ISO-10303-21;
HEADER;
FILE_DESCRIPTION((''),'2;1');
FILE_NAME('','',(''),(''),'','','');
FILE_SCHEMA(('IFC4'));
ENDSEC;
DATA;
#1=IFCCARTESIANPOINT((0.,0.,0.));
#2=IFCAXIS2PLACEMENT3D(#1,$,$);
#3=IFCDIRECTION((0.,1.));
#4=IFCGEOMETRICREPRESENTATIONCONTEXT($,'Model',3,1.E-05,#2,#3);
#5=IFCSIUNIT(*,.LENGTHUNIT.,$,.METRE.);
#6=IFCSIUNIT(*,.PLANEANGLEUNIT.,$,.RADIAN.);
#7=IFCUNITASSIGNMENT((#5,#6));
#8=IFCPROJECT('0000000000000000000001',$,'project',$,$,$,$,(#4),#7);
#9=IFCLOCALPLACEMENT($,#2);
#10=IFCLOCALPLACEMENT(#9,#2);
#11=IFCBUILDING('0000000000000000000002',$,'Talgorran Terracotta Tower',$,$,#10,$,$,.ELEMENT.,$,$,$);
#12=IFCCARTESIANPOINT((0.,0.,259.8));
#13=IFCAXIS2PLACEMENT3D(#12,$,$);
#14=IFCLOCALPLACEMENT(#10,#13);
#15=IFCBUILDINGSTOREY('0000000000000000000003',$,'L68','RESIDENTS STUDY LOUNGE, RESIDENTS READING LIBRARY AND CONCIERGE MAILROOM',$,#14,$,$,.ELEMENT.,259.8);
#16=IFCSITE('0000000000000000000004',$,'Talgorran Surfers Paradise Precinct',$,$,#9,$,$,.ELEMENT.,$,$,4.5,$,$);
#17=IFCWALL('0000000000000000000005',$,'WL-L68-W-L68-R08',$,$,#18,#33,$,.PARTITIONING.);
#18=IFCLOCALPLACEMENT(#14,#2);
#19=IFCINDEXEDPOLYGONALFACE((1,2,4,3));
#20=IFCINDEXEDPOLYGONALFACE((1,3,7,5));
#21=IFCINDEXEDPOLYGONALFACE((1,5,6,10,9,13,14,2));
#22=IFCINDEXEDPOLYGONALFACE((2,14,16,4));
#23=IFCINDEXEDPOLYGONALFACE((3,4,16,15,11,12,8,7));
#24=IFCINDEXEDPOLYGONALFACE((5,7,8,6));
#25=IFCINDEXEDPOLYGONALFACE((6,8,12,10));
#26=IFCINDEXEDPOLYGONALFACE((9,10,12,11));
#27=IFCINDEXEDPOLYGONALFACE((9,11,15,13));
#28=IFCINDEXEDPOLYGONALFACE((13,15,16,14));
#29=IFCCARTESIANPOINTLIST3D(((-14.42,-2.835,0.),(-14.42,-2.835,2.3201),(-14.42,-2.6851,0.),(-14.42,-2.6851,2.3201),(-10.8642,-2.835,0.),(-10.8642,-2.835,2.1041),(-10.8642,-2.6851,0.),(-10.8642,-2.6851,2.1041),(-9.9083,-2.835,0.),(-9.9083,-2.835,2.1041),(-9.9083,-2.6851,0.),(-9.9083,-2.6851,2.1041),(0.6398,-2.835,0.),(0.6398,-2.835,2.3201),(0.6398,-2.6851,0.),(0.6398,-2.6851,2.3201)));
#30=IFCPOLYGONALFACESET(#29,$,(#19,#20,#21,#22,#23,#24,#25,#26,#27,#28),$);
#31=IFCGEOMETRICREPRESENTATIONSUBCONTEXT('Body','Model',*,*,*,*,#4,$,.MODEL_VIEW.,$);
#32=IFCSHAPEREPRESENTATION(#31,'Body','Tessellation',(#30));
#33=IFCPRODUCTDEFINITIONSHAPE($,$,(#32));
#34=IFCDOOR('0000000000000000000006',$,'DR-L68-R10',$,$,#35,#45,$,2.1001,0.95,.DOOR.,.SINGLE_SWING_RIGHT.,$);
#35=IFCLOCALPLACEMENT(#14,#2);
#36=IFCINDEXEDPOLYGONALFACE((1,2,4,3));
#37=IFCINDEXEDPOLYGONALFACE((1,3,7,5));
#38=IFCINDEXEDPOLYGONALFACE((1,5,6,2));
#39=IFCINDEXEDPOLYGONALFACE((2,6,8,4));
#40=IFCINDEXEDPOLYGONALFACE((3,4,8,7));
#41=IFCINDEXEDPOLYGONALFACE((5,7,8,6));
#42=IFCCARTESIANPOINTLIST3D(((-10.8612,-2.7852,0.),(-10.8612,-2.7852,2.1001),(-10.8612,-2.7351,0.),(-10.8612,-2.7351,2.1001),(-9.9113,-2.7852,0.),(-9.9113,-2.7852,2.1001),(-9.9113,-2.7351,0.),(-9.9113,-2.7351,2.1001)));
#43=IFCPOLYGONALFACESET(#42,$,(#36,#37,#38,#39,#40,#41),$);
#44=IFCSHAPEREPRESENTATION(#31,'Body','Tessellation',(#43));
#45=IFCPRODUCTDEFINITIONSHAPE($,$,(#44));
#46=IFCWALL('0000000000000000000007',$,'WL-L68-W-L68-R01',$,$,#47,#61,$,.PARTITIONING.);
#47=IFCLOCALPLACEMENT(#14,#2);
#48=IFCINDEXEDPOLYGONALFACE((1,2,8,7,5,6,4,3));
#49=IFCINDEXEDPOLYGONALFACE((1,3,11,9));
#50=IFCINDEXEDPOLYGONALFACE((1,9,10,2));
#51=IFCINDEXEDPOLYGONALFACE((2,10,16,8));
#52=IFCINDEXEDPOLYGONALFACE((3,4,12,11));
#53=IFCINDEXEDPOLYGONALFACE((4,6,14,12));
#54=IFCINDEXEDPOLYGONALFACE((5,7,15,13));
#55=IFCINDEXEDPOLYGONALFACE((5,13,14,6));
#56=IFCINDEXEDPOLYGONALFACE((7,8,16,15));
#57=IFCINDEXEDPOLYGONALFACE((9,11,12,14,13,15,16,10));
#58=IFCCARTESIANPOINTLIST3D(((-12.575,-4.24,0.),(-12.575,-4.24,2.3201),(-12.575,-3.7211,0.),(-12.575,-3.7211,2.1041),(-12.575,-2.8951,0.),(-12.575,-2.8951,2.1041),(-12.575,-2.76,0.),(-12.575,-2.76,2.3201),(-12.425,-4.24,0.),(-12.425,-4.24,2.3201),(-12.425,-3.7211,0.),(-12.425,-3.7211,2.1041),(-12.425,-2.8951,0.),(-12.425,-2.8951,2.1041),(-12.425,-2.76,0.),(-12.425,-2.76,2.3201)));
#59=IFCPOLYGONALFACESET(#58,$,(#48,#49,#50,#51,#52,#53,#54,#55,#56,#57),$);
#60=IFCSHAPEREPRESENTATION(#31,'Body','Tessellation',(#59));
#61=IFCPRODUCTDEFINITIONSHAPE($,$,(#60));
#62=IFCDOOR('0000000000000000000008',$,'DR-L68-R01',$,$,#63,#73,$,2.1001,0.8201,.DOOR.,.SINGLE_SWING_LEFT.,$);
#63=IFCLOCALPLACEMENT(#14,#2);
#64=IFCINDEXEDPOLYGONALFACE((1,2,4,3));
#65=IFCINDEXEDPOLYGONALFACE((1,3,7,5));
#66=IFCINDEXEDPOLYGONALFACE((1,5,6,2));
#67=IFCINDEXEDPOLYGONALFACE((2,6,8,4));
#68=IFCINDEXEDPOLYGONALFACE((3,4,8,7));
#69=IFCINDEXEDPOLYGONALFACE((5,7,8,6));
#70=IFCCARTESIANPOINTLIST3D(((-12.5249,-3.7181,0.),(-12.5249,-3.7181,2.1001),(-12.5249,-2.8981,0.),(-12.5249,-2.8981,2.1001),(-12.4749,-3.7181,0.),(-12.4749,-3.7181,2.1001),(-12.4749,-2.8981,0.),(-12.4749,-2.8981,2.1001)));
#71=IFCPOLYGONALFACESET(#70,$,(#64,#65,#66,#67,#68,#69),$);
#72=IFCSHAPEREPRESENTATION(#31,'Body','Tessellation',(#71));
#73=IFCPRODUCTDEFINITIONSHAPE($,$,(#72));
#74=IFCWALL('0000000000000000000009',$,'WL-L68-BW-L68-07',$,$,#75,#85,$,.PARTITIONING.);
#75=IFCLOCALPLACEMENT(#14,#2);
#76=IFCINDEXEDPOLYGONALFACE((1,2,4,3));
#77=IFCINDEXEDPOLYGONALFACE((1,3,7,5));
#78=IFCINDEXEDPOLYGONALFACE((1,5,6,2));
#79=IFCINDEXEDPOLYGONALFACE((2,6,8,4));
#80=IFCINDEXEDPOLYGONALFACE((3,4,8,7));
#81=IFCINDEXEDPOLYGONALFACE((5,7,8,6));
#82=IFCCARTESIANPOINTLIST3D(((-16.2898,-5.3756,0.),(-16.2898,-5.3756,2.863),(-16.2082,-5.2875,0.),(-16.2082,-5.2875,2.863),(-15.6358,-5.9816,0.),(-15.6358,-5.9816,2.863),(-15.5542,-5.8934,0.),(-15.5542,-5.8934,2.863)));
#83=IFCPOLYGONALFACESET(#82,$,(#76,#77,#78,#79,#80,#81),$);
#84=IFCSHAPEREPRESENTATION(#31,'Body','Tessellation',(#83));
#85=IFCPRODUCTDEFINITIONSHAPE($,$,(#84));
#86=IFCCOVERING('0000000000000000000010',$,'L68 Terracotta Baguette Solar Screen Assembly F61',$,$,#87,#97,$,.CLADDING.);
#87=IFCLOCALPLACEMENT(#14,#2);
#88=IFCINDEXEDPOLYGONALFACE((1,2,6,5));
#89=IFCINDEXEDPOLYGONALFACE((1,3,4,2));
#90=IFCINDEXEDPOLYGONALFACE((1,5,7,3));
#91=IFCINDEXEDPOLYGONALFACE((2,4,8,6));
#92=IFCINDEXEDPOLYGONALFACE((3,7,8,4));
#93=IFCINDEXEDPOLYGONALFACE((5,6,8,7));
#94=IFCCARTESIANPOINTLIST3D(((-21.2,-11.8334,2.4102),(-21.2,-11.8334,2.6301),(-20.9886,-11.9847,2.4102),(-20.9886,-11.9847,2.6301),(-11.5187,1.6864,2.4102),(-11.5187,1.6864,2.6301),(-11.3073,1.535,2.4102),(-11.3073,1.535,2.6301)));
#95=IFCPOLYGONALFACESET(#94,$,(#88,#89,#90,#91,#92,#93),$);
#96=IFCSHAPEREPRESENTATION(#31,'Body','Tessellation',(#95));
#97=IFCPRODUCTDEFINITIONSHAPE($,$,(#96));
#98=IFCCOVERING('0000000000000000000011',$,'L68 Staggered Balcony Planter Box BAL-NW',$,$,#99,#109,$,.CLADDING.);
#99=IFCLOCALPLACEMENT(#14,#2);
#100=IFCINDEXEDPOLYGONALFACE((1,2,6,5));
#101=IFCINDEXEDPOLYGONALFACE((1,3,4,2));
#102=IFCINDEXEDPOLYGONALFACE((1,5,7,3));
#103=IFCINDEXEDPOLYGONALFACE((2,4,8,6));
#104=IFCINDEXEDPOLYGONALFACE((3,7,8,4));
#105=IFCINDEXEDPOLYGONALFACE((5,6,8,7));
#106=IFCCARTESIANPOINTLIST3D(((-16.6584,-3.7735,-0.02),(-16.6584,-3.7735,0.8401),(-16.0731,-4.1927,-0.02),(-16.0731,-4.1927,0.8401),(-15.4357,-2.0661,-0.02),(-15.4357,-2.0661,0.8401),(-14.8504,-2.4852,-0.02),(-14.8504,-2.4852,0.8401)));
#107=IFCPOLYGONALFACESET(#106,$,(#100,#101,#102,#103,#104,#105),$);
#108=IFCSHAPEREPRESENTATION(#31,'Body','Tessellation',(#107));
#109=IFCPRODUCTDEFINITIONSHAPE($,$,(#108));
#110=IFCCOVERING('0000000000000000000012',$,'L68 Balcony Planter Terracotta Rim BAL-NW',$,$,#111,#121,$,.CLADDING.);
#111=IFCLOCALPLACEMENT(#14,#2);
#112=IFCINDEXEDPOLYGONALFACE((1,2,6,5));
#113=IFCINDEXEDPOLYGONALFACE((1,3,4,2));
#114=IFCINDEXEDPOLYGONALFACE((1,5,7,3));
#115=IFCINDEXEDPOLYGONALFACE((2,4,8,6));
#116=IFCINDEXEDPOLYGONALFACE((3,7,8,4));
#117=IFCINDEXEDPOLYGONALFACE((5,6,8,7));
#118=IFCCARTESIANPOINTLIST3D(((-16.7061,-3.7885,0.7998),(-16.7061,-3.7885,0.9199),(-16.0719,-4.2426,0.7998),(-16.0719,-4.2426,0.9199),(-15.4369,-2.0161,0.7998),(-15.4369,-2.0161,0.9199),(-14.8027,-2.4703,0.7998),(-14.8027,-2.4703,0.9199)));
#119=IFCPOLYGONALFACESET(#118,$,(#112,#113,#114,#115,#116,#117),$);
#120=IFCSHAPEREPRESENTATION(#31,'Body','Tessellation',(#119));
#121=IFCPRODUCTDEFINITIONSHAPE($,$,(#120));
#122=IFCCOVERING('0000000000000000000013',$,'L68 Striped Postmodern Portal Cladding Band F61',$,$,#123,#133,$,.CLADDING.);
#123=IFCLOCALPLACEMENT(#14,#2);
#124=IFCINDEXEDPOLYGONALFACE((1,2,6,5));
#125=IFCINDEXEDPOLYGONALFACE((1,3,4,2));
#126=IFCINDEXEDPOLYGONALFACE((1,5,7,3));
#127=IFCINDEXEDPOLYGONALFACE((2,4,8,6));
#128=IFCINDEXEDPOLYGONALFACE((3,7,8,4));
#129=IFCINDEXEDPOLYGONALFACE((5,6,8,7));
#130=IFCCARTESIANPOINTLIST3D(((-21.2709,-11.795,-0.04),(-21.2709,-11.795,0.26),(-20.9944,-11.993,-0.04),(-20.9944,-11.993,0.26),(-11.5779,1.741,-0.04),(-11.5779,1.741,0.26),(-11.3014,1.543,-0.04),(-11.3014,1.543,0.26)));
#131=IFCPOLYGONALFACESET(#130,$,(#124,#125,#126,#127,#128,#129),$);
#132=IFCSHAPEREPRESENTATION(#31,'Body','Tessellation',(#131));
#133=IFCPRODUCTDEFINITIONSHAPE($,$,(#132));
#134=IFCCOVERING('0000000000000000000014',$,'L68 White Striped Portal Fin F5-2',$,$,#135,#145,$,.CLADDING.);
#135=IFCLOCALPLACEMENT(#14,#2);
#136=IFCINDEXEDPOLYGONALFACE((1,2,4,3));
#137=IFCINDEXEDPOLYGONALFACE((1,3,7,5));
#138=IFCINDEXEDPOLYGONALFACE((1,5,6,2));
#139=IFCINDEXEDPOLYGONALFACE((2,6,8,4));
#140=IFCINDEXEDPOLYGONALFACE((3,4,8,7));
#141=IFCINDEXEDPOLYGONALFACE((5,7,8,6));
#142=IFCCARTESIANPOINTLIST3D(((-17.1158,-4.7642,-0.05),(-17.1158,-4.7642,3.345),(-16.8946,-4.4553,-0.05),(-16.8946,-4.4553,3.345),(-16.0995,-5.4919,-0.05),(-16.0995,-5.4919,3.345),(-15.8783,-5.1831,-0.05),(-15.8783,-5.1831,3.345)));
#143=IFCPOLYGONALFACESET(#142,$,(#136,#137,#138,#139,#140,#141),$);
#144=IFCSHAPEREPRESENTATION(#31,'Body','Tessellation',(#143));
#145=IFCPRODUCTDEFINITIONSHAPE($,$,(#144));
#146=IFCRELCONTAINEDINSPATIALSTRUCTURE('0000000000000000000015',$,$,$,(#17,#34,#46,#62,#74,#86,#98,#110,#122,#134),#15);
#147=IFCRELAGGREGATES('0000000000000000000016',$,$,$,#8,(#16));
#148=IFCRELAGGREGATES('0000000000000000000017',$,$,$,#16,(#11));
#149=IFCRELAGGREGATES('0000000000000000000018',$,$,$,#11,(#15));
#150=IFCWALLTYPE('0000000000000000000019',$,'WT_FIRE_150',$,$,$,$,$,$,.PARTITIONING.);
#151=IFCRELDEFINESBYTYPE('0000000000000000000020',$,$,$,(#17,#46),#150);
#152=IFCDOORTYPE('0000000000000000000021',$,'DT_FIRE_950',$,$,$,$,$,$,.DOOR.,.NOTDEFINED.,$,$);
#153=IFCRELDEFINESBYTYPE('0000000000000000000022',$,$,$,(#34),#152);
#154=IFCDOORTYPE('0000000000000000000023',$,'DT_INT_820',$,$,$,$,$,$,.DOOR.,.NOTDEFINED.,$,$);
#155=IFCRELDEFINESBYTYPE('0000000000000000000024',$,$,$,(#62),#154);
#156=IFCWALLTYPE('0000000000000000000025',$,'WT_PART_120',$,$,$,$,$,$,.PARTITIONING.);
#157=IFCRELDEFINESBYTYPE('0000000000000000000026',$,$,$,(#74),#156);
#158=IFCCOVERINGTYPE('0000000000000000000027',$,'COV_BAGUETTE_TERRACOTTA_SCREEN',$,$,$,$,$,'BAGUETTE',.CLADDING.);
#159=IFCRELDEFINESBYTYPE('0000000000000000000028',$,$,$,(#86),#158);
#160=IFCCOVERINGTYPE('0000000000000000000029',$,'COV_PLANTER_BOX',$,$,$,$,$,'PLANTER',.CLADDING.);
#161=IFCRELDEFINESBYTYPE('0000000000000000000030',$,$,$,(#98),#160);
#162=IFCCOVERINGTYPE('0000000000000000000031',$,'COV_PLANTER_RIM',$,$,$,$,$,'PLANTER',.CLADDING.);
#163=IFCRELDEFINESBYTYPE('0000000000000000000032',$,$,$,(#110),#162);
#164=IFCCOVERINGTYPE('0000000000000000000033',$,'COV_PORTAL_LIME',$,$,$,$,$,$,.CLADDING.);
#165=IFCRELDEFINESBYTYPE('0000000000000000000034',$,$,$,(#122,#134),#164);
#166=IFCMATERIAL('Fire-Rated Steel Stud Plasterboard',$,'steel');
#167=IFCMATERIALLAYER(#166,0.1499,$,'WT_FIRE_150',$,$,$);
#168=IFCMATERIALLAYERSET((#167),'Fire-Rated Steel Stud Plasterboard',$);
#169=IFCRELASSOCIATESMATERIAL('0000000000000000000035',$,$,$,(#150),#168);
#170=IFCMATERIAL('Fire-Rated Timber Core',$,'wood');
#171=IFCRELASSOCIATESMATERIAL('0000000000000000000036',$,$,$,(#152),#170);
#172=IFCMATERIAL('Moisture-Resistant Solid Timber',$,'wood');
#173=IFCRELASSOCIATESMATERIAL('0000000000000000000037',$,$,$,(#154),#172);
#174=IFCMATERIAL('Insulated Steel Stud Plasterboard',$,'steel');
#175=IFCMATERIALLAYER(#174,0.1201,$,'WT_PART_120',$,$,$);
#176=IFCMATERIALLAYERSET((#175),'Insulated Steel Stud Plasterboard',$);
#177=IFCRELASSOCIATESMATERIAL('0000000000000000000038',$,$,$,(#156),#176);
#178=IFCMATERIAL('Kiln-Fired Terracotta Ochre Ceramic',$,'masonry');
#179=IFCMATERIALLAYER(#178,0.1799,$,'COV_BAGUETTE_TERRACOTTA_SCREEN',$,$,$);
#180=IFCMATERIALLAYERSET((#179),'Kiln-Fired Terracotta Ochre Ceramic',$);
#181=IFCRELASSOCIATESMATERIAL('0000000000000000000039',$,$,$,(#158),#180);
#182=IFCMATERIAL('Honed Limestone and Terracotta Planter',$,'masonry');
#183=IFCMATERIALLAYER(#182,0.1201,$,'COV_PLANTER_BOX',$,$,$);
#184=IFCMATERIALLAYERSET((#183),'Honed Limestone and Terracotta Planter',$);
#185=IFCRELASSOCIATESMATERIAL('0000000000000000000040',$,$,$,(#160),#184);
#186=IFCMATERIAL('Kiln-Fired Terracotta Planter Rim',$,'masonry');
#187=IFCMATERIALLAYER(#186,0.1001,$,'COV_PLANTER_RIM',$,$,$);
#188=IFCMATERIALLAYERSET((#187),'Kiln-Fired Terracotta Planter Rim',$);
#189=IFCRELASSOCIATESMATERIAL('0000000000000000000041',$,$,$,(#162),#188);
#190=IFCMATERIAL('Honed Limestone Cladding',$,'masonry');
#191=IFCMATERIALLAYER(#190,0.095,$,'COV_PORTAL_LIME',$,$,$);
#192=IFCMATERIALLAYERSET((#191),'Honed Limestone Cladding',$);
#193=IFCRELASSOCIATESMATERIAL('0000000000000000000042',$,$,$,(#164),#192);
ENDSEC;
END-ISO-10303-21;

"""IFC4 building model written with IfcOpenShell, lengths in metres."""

from ifc_helpers import new_model, si_unit, direction, frame, frame_2d, origin, origin_2d, place, context, subcontext, project, spatial, rectangle, extrude, material, layer, layer_set, type_object, element, fill, save


model = new_model("IFC4")

# Units and contexts
model_context = context("Model", 3, precision=1e-05, world=origin(), true_north=direction((0.0, 1.0)))
body_context = subcontext(model_context, "Body", "Model", "MODEL_VIEW")
ifc_project = project(units=[si_unit("LENGTHUNIT", "METRE"), si_unit("PLANEANGLEUNIT", "RADIAN")], contexts=[model_context])

# Site, building, storey
site_placement = place(None, origin())
site = spatial("IfcSite", under=ifc_project, at=site_placement, Name="Talgorran Surfers Paradise Precinct", CompositionType="ELEMENT", RefElevation=4.5)
building_placement = place(site_placement, origin())
building = spatial("IfcBuilding", under=site, at=building_placement, Name="Talgorran Terracotta Tower", CompositionType="ELEMENT")
storey_placement = place(building_placement, frame((0.0, 0.0, 259.8)))
storey = spatial("IfcBuildingStorey", under=building, at=storey_placement, Name="L68", Description="RESIDENTS STUDY LOUNGE, RESIDENTS READING LIBRARY AND CONCIERGE MAILROOM", CompositionType="ELEMENT", Elevation=259.8)

# Walls, openings, doors
ifc_material_1 = material(Name="Fire-Rated Steel Stud Plasterboard", Category="steel")
ifc_layer_1 = layer(ifc_material_1, 0.1499, Name="WT_FIRE_150")
ifc_layer_set_1 = layer_set([ifc_layer_1], Name="Fire-Rated Steel Stud Plasterboard")
wall_type_1 = type_object("IfcWallType", Name="WT_FIRE_150", PredefinedType="PARTITIONING", material=ifc_layer_set_1)
wall_1_placement = place(storey_placement, frame((-14.4199, -2.76, 0.0), z_axis=(0.0, 0.0, 1.0), x_axis=(1.0, 0.0, 0.0)))
wall_1 = element("IfcWall", 1, at=wall_1_placement, inside=storey, type_object=wall_type_1, Name="WL-L68-W-L68-R08", PredefinedType="PARTITIONING", context=body_context, shape_type="SweptSolid", body=[
    extrude(rectangle(XDim=15.0598, YDim=0.1499, at=frame_2d((7.5298, 0.0))), origin(), (0.0, 0.0, 1.0), 2.3201),
])
opening_1_placement = place(wall_1_placement, frame((3.5586, 0.0, 0.0)))
opening_1 = element("IfcOpeningElement", 2, at=opening_1_placement, cuts=wall_1, PredefinedType="OPENING", context=body_context, shape_type="SweptSolid", body=[
    extrude(rectangle(XDim=0.956, YDim=2.1041, at=frame_2d((0.4751, 1.052))), frame((0.0, 0.085, 0.0), z_axis=(0.0, -1.0, 0.0), x_axis=(1.0, 0.0, 0.0)), (0.0, 0.0, 1.0), 0.1699),
])
ifc_material_2 = material(Name="Fire-Rated Timber Core", Category="wood")
door_type_1 = type_object("IfcDoorType", Name="DT_FIRE_950", OperationType="NOTDEFINED", PredefinedType="DOOR", material=ifc_material_2)
door_1_placement = place(opening_1_placement, origin())
door_1 = element("IfcDoor", 3, at=door_1_placement, inside=storey, type_object=door_type_1, Name="DR-L68-R10", OperationType="SINGLE_SWING_RIGHT", OverallHeight=2.1001, OverallWidth=0.95, PredefinedType="DOOR", context=body_context, shape_type="SweptSolid", body=[
    extrude(rectangle(XDim=0.95, YDim=2.1001, at=frame_2d((0.4751, 1.05))), frame((0.0, 0.0249, 0.0), z_axis=(0.0, -1.0, 0.0), x_axis=(1.0, 0.0, 0.0)), (0.0, 0.0, 1.0), 0.05),
])
fill(opening_1, door_1)
wall_2_placement = place(storey_placement, frame((-12.5, -4.24, 0.0), z_axis=(0.0, 0.0, 1.0), x_axis=(0.0, 1.0, 0.0)))
wall_2 = element("IfcWall", 4, at=wall_2_placement, inside=storey, type_object=wall_type_1, Name="WL-L68-W-L68-R01", PredefinedType="PARTITIONING", context=body_context, shape_type="SweptSolid", body=[
    extrude(rectangle(XDim=1.48, YDim=0.1499, at=frame_2d((0.74, 0.0))), origin(), (0.0, 0.0, 1.0), 2.3201),
])
opening_2_placement = place(wall_2_placement, frame((0.5217, 0.0, 0.0)))
opening_2 = element("IfcOpeningElement", 5, at=opening_2_placement, cuts=wall_2, PredefinedType="OPENING", context=body_context, shape_type="SweptSolid", body=[
    extrude(rectangle(XDim=0.8261, YDim=2.1041, at=frame_2d((0.4102, 1.052))), frame((0.0, 0.085, 0.0), z_axis=(0.0, -1.0, 0.0), x_axis=(1.0, 0.0, 0.0)), (0.0, 0.0, 1.0), 0.1699),
])
ifc_material_3 = material(Name="Moisture-Resistant Solid Timber", Category="wood")
door_type_2 = type_object("IfcDoorType", Name="DT_INT_820", OperationType="NOTDEFINED", PredefinedType="DOOR", material=ifc_material_3)
door_2_placement = place(opening_2_placement, origin())
door_2 = element("IfcDoor", 6, at=door_2_placement, inside=storey, type_object=door_type_2, Name="DR-L68-R01", OperationType="SINGLE_SWING_LEFT", OverallHeight=2.1001, OverallWidth=0.8201, PredefinedType="DOOR", context=body_context, shape_type="SweptSolid", body=[
    extrude(rectangle(XDim=0.8201, YDim=2.1001, at=frame_2d((0.4102, 1.05))), frame((0.0, 0.0249, 0.0), z_axis=(0.0, -1.0, 0.0), x_axis=(1.0, 0.0, 0.0)), (0.0, 0.0, 1.0), 0.05),
])
fill(opening_2, door_2)

# Wall
ifc_material_4 = material(Name="Insulated Steel Stud Plasterboard", Category="steel")
ifc_layer_2 = layer(ifc_material_4, 0.1201, Name="WT_PART_120")
ifc_layer_set_2 = layer_set([ifc_layer_2], Name="Insulated Steel Stud Plasterboard")
wall_type_2 = type_object("IfcWallType", Name="WT_PART_120", PredefinedType="PARTITIONING", material=ifc_layer_set_2)
wall_3_placement = place(storey_placement, frame((-16.249, -5.3315, 0.0), z_axis=(0.0, 0.0, 1.0), x_axis=(0.733563, -0.679621, 0.0)))
element("IfcWall", 7, at=wall_3_placement, inside=storey, type_object=wall_type_2, Name="WL-L68-BW-L68-07", PredefinedType="PARTITIONING", context=body_context, shape_type="SweptSolid", body=[
    extrude(rectangle(XDim=0.8916, YDim=0.1201, at=frame_2d((0.4458, 0.0))), origin(), (0.0, 0.0, 1.0), 2.863),
])

# Coverings
ifc_material_5 = material(Name="Kiln-Fired Terracotta Ochre Ceramic", Category="masonry")
ifc_layer_3 = layer(ifc_material_5, 0.1799, Name="COV_BAGUETTE_TERRACOTTA_SCREEN")
ifc_layer_set_3 = layer_set([ifc_layer_3], Name="Kiln-Fired Terracotta Ochre Ceramic")
covering_type_1 = type_object("IfcCoveringType", Name="COV_BAGUETTE_TERRACOTTA_SCREEN", ElementType="BAGUETTE", PredefinedType="CLADDING", material=ifc_layer_set_3)
covering_1_placement = place(storey_placement, frame((-16.2537, -5.1492, 2.4102), z_axis=(0.0, 0.0, 1.0), x_axis=(-0.582208, -0.81304, 0.0)))
element("IfcCovering", 8, at=covering_1_placement, inside=storey, type_object=covering_type_1, Name="L68 Terracotta Baguette Solar Screen Assembly F61", PredefinedType="CLADDING", context=body_context, shape_type="SweptSolid", body=[
    extrude(rectangle(XDim=16.6287, YDim=0.26, at=origin_2d()), origin(), (0.0, 0.0, 1.0), 0.22),
])
ifc_material_6 = material(Name="Honed Limestone and Terracotta Planter", Category="masonry")
ifc_layer_4 = layer(ifc_material_6, 0.1201, Name="COV_PLANTER_BOX")
ifc_layer_set_4 = layer_set([ifc_layer_4], Name="Honed Limestone and Terracotta Planter")
covering_type_2 = type_object("IfcCoveringType", Name="COV_PLANTER_BOX", ElementType="PLANTER", PredefinedType="CLADDING", material=ifc_layer_set_4)
covering_2_placement = place(storey_placement, frame((-15.7544, -3.1294, -0.02), z_axis=(0.0, 0.0, 1.0), x_axis=(-0.582208, -0.81304, 0.0)))
element("IfcCovering", 9, at=covering_2_placement, inside=storey, type_object=covering_type_2, Name="L68 Staggered Balcony Planter Box BAL-NW", PredefinedType="CLADDING", context=body_context, shape_type="SweptSolid", body=[
    extrude(rectangle(XDim=2.1001, YDim=0.72, at=origin_2d()), origin(), (0.0, 0.0, 1.0), 0.8601),
])
ifc_material_7 = material(Name="Kiln-Fired Terracotta Planter Rim", Category="masonry")
ifc_layer_5 = layer(ifc_material_7, 0.1001, Name="COV_PLANTER_RIM")
ifc_layer_set_5 = layer_set([ifc_layer_5], Name="Kiln-Fired Terracotta Planter Rim")
covering_type_3 = type_object("IfcCoveringType", Name="COV_PLANTER_RIM", ElementType="PLANTER", PredefinedType="CLADDING", material=ifc_layer_set_5)
covering_3_placement = place(storey_placement, frame((-15.7544, -3.1294, 0.7998), z_axis=(0.0, 0.0, 1.0), x_axis=(-0.582208, -0.81304, 0.0)))
element("IfcCovering", 10, at=covering_3_placement, inside=storey, type_object=covering_type_3, Name="L68 Balcony Planter Terracotta Rim BAL-NW", PredefinedType="CLADDING", context=body_context, shape_type="SweptSolid", body=[
    extrude(rectangle(XDim=2.1799, YDim=0.78, at=origin_2d()), origin(), (0.0, 0.0, 1.0), 0.1201),
])
ifc_material_8 = material(Name="Honed Limestone Cladding", Category="masonry")
ifc_layer_6 = layer(ifc_material_8, 0.095, Name="COV_PORTAL_LIME")
ifc_layer_set_6 = layer_set([ifc_layer_6], Name="Honed Limestone Cladding")
covering_type_4 = type_object("IfcCoveringType", Name="COV_PORTAL_LIME", PredefinedType="CLADDING", material=ifc_layer_set_6)
covering_4_placement = place(storey_placement, frame((-16.2861, -5.126, -0.04), z_axis=(0.0, 0.0, 1.0), x_axis=(-0.582208, -0.81304, 0.0)))
element("IfcCovering", 11, at=covering_4_placement, inside=storey, type_object=covering_type_4, Name="L68 Striped Postmodern Portal Cladding Band F61", PredefinedType="CLADDING", context=body_context, shape_type="SweptSolid", body=[
    extrude(rectangle(XDim=16.6487, YDim=0.3401, at=origin_2d()), origin(), (0.0, 0.0, 1.0), 0.3),
])
covering_5_placement = place(storey_placement, frame((-16.4971, -4.9736, -0.05), z_axis=(0.0, 0.0, 1.0), x_axis=(-0.582208, -0.81304, 0.0)))
element("IfcCovering", 12, at=covering_5_placement, inside=storey, type_object=covering_type_4, Name="L68 White Striped Portal Fin F5-2", PredefinedType="CLADDING", context=body_context, shape_type="SweptSolid", body=[
    extrude(rectangle(XDim=0.3799, YDim=1.25, at=origin_2d()), origin(), (0.0, 0.0, 1.0), 3.395),
])

save(model, "model.ifc")
